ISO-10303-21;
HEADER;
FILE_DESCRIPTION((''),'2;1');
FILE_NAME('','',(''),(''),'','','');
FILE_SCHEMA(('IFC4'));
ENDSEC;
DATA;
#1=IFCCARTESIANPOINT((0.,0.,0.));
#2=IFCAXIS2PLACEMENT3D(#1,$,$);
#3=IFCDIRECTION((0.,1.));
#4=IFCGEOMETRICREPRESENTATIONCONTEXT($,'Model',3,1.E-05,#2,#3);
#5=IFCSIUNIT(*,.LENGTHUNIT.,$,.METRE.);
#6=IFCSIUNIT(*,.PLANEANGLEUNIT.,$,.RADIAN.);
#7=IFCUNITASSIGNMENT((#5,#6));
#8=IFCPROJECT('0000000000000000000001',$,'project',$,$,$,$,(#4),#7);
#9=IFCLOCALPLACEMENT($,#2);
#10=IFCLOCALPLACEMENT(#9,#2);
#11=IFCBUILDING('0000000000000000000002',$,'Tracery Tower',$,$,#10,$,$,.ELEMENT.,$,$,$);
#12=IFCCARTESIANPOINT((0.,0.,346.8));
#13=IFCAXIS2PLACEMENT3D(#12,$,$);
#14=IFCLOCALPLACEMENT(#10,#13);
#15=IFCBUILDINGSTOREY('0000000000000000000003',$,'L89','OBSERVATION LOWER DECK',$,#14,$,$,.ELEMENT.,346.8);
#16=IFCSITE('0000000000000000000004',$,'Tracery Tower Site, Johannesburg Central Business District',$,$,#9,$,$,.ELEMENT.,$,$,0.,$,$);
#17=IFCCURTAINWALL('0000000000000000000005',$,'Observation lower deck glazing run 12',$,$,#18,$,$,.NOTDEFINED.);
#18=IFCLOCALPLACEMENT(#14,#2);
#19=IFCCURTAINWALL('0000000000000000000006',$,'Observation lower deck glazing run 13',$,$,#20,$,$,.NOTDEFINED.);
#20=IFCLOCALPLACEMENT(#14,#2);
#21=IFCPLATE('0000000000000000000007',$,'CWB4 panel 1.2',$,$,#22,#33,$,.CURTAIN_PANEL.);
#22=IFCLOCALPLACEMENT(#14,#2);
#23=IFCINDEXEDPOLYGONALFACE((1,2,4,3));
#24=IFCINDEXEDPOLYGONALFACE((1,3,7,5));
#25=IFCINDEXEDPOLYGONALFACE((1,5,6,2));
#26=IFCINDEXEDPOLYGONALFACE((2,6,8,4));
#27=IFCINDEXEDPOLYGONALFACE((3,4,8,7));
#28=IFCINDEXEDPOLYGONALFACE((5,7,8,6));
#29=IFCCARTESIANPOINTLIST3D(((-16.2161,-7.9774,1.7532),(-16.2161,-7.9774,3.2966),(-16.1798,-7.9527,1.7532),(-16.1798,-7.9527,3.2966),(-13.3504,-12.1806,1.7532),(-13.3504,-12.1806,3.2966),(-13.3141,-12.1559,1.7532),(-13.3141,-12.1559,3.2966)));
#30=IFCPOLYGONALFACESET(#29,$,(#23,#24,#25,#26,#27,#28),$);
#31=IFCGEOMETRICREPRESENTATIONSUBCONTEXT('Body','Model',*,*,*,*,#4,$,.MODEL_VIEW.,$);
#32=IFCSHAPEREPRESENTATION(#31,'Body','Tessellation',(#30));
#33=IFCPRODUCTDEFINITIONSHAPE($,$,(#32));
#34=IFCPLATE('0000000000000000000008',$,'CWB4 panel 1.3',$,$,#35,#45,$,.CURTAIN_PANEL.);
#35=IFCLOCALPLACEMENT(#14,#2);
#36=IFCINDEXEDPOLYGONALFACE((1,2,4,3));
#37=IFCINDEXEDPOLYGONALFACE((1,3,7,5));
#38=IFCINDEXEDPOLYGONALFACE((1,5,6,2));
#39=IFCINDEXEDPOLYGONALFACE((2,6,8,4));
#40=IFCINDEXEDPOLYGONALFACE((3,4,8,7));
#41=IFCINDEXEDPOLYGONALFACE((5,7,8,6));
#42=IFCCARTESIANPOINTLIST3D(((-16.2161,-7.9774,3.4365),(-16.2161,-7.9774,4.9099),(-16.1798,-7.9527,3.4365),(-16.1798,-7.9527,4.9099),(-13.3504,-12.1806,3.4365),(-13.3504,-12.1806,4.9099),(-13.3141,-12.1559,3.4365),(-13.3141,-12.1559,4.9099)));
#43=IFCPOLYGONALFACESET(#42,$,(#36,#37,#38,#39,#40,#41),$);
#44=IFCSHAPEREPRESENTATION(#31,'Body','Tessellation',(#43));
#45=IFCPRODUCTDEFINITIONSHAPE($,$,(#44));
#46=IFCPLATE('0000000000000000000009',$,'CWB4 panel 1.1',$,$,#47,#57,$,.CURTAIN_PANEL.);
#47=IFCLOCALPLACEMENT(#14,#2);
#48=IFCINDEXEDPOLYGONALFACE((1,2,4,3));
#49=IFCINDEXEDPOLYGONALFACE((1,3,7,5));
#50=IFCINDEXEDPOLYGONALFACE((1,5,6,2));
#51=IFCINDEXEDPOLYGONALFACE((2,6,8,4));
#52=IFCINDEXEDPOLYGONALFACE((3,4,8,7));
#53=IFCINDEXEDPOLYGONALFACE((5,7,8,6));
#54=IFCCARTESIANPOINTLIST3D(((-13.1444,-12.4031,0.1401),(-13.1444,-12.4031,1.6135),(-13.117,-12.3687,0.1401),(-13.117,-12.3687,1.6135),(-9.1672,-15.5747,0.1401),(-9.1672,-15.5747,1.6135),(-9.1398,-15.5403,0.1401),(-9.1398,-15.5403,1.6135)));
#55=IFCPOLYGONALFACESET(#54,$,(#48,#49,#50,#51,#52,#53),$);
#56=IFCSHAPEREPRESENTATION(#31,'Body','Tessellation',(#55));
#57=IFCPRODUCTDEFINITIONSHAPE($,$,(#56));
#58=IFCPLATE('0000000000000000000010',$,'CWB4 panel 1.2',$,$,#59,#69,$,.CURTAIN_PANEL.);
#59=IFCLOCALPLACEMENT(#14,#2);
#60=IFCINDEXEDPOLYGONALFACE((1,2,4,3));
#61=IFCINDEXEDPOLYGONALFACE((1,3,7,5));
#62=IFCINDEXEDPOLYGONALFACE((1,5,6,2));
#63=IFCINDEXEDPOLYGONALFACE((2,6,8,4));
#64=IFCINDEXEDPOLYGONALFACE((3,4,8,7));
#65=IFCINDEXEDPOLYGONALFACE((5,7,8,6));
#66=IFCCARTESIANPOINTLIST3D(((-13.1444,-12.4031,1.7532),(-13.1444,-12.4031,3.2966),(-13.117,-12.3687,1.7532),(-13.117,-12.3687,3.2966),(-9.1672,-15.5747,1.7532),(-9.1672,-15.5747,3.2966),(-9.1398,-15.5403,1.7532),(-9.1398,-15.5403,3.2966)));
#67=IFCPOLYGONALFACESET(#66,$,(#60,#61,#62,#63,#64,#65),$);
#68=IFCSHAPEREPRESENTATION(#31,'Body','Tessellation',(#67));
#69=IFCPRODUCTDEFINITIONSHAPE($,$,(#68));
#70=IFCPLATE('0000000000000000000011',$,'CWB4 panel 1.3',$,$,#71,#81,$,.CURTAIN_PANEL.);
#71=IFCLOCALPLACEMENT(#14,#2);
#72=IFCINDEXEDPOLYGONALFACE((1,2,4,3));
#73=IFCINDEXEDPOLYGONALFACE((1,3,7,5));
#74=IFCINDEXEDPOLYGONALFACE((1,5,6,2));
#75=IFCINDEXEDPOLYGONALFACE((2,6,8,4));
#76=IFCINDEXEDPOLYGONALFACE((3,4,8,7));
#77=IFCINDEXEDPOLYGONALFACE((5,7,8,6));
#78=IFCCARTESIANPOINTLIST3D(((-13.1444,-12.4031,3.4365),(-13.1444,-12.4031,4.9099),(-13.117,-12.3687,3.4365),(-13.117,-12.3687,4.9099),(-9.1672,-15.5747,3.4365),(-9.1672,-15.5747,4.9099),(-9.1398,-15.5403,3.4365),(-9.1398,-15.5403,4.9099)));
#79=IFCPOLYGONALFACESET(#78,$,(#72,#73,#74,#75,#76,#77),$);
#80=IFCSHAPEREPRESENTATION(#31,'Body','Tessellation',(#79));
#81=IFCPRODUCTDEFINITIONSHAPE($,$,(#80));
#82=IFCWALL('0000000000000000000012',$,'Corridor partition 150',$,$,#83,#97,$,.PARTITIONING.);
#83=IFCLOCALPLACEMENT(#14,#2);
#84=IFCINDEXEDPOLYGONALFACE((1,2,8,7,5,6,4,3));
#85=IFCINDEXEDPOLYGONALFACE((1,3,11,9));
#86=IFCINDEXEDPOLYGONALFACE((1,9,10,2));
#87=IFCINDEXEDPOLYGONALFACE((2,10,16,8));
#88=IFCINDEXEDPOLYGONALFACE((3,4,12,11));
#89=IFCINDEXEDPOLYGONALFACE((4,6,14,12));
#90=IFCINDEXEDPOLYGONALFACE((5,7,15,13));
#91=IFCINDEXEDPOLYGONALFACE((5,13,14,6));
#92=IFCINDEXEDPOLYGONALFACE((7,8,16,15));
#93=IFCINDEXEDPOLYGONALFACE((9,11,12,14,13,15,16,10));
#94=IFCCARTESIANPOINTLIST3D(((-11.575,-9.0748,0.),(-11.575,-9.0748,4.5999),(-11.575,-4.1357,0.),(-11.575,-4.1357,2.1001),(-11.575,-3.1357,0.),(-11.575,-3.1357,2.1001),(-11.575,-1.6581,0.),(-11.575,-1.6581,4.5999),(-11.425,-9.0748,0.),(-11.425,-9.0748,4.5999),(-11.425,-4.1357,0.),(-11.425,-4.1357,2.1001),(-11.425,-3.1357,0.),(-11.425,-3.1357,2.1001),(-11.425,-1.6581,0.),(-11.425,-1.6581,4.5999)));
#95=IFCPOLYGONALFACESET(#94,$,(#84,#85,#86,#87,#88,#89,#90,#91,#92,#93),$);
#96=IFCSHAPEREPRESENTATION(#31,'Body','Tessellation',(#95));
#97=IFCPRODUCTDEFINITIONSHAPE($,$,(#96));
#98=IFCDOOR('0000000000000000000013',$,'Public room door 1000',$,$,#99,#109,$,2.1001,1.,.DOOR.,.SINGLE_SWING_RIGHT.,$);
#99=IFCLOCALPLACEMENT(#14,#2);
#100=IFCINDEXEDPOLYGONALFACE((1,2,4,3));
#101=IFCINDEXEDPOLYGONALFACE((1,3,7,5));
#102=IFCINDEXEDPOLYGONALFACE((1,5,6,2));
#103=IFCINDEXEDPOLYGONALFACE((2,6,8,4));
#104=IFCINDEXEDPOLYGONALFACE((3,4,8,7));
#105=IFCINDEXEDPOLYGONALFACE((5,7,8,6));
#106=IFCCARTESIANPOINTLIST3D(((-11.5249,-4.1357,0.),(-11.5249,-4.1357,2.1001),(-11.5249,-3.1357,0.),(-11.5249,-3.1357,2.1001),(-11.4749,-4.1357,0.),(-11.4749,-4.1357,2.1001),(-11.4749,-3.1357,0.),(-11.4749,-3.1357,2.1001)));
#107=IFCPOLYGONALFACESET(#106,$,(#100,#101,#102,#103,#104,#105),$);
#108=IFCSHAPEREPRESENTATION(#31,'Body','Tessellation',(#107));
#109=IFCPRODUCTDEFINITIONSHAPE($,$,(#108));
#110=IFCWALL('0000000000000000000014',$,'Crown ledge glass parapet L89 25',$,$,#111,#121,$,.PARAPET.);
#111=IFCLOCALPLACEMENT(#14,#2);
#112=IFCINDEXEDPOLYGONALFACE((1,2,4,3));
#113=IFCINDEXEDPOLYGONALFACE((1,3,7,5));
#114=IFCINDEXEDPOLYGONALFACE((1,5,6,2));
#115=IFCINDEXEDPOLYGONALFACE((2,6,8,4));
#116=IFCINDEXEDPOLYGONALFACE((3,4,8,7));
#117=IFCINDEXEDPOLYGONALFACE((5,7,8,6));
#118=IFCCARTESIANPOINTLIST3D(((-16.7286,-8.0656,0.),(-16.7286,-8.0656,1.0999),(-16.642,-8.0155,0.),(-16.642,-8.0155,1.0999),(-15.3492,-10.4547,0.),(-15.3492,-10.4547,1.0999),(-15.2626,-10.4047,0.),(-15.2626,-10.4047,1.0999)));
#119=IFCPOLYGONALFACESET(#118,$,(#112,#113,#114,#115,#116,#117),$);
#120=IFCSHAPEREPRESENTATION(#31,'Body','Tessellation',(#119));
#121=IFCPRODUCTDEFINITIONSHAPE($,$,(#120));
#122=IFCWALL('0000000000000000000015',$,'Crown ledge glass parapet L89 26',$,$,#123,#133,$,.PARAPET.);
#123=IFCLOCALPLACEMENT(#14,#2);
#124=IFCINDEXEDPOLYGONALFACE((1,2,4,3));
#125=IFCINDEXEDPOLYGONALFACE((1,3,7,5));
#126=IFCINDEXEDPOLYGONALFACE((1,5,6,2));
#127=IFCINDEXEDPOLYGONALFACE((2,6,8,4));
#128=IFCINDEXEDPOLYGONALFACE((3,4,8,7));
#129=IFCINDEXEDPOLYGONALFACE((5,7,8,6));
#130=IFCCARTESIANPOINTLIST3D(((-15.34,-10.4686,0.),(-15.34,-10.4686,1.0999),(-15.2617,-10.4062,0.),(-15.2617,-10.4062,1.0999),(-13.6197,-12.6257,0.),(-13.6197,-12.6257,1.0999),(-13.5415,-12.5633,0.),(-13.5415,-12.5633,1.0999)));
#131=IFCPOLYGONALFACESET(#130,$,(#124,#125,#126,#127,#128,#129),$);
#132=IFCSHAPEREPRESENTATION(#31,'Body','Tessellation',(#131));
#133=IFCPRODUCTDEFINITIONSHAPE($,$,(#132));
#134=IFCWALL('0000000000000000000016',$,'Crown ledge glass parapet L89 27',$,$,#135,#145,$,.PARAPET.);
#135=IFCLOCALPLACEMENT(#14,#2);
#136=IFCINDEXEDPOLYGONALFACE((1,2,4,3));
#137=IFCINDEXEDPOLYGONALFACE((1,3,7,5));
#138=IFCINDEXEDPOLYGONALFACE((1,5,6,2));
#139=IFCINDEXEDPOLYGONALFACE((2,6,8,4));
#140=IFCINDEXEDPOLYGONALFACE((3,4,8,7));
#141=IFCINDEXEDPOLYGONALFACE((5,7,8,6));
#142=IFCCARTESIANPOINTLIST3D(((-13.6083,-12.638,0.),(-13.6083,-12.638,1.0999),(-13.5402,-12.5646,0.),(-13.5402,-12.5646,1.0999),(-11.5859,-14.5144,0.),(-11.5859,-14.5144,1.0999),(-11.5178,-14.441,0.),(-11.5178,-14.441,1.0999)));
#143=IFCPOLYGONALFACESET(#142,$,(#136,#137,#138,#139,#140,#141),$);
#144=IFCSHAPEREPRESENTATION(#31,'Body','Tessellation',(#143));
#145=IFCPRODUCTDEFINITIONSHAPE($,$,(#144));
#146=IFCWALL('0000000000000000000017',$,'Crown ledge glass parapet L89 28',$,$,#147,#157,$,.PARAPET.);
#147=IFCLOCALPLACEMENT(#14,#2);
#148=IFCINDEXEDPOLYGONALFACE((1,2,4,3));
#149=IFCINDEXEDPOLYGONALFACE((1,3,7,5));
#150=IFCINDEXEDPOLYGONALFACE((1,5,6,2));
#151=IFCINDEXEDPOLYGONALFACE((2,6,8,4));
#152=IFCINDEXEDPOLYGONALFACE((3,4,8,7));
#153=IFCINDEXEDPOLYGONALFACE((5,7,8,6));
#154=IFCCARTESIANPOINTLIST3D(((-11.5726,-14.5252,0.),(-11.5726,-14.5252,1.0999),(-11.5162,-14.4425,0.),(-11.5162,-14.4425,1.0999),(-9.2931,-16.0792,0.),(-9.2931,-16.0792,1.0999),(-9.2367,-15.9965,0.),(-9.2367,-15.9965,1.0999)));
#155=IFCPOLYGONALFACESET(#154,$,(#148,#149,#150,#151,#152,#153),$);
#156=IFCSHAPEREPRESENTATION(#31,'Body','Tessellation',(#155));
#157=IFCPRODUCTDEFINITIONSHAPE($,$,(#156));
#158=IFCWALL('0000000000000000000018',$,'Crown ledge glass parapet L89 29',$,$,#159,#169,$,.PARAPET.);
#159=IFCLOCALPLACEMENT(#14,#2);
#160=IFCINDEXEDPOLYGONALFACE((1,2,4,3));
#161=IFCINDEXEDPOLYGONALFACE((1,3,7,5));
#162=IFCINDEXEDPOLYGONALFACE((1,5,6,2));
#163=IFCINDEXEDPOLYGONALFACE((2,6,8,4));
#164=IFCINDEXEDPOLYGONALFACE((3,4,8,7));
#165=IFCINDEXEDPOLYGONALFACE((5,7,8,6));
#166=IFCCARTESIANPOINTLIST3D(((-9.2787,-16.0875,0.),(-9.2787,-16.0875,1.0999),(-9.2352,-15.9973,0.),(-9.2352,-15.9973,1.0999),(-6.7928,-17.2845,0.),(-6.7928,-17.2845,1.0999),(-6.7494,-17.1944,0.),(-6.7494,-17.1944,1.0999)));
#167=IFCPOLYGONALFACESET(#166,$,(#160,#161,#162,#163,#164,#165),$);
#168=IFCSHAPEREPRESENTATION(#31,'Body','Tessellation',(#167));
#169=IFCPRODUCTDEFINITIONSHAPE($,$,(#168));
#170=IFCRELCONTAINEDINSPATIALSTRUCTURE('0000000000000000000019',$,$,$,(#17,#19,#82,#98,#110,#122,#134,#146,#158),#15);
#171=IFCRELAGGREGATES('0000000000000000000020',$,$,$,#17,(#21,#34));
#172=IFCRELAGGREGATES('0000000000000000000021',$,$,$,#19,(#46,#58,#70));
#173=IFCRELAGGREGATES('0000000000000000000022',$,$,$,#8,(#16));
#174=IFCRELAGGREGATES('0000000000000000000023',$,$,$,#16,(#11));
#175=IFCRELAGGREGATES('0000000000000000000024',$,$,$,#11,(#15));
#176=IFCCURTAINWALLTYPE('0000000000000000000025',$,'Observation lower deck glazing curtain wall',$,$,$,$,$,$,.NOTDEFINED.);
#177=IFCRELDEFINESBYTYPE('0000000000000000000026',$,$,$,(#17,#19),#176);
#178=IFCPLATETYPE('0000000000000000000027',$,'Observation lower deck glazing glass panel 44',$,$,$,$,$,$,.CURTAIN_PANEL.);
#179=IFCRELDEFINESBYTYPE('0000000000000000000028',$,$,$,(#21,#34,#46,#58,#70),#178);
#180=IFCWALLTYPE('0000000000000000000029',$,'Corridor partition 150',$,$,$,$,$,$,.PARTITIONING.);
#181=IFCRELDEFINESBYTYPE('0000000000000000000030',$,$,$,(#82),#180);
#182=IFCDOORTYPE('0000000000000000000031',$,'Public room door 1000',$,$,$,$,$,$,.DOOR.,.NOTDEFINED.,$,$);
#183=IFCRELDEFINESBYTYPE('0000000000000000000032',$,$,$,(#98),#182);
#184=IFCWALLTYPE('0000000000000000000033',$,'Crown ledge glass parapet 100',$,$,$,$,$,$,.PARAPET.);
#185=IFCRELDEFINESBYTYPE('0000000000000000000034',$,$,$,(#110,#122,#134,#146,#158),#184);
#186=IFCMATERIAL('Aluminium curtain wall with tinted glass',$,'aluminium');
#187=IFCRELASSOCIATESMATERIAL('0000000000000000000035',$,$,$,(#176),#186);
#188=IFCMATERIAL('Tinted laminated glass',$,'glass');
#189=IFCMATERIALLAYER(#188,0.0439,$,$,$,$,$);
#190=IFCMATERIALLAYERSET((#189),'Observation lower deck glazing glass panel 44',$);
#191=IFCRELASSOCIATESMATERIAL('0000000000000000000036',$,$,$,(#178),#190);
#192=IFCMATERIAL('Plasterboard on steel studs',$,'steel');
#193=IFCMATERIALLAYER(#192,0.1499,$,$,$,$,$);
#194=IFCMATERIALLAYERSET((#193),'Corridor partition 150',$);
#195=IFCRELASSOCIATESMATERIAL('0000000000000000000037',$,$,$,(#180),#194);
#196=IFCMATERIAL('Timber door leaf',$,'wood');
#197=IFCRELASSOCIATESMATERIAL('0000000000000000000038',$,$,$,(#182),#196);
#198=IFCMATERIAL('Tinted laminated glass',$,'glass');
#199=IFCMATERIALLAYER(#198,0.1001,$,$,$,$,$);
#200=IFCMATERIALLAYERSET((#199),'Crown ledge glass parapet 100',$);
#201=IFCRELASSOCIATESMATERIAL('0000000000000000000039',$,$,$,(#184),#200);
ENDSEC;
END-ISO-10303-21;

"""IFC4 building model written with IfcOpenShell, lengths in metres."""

from ifc_helpers import new_model, si_unit, direction, frame, frame_2d, origin, origin_2d, place, context, subcontext, project, spatial, rectangle, extrude, material, layer, layer_set, type_object, element, fill, aggregate, save


model = new_model("IFC4")

# Units and contexts
model_context = context("Model", 3, precision=1e-05, world=origin(), true_north=direction((0.0, 1.0)))
body_context = subcontext(model_context, "Body", "Model", "MODEL_VIEW")
ifc_project = project(units=[si_unit("LENGTHUNIT", "METRE"), si_unit("PLANEANGLEUNIT", "RADIAN")], contexts=[model_context])

# Site, building, storey
site_placement = place(None, origin())
site = spatial("IfcSite", under=ifc_project, at=site_placement, Name="Tracery Tower Site, Johannesburg Central Business District", CompositionType="ELEMENT", RefElevation=0.0)
building_placement = place(site_placement, origin())
building = spatial("IfcBuilding", under=site, at=building_placement, Name="Tracery Tower", CompositionType="ELEMENT")
storey_placement = place(building_placement, frame((0.0, 0.0, 346.8)))
storey = spatial("IfcBuildingStorey", under=building, at=storey_placement, Name="L89", Description="OBSERVATION LOWER DECK", CompositionType="ELEMENT", Elevation=346.8)

# Curtain wall
ifc_material_1 = material(Name="Aluminium curtain wall with tinted glass", Category="aluminium")
curtain_wall_type = type_object("IfcCurtainWallType", Name="Observation lower deck glazing curtain wall", PredefinedType="NOTDEFINED", material=ifc_material_1)
curtain_wall_1_placement = place(storey_placement, origin())
curtain_wall_1 = element("IfcCurtainWall", 1, at=curtain_wall_1_placement, inside=storey, type_object=curtain_wall_type, Name="Observation lower deck glazing run 12", PredefinedType="NOTDEFINED")

# Curtain wall
curtain_wall_2_placement = place(storey_placement, origin())
curtain_wall_2 = element("IfcCurtainWall", 2, at=curtain_wall_2_placement, inside=storey, type_object=curtain_wall_type, Name="Observation lower deck glazing run 13", PredefinedType="NOTDEFINED")

# Plates
ifc_material_2 = material(Name="Tinted laminated glass", Category="glass")
ifc_layer_1 = layer(ifc_material_2, 0.0439)
ifc_layer_set_1 = layer_set([ifc_layer_1], Name="Observation lower deck glazing glass panel 44")
plate_type = type_object("IfcPlateType", Name="Observation lower deck glazing glass panel 44", PredefinedType="CURTAIN_PANEL", material=ifc_layer_set_1)
plate_1_placement = place(storey_placement, frame((-14.7651, -10.0667, 1.7532), z_axis=(0.0, 0.0, 1.0), x_axis=(0.563323, -0.826237, 0.0)))
plate_1 = element("IfcPlate", 3, at=plate_1_placement, type_object=plate_type, Name="CWB4 panel 1.2", PredefinedType="CURTAIN_PANEL", context=body_context, shape_type="SweptSolid", body=[
    extrude(rectangle(XDim=5.0872, YDim=0.0439, at=origin_2d()), origin(), (0.0, 0.0, 1.0), 1.5435),
])
plate_2_placement = place(storey_placement, frame((-14.7651, -10.0667, 3.4365), z_axis=(0.0, 0.0, 1.0), x_axis=(0.563323, -0.826237, 0.0)))
plate_2 = element("IfcPlate", 4, at=plate_2_placement, type_object=plate_type, Name="CWB4 panel 1.3", PredefinedType="CURTAIN_PANEL", context=body_context, shape_type="SweptSolid", body=[
    extrude(rectangle(XDim=5.0872, YDim=0.0439, at=origin_2d()), origin(), (0.0, 0.0, 1.0), 1.4734),
])
aggregate(curtain_wall_1, [plate_1, plate_2])
plate_3_placement = place(storey_placement, frame((-11.1421, -13.9717, 0.1401), z_axis=(0.0, 0.0, 1.0), x_axis=(0.781839, -0.623481, 0.0)))
plate_3 = element("IfcPlate", 5, at=plate_3_placement, type_object=plate_type, Name="CWB4 panel 1.1", PredefinedType="CURTAIN_PANEL", context=body_context, shape_type="SweptSolid", body=[
    extrude(rectangle(XDim=5.0869, YDim=0.0439, at=origin_2d()), origin(), (0.0, 0.0, 1.0), 1.4734),
])
plate_4_placement = place(storey_placement, frame((-11.1421, -13.9717, 1.7532), z_axis=(0.0, 0.0, 1.0), x_axis=(0.781839, -0.623481, 0.0)))
plate_4 = element("IfcPlate", 6, at=plate_4_placement, type_object=plate_type, Name="CWB4 panel 1.2", PredefinedType="CURTAIN_PANEL", context=body_context, shape_type="SweptSolid", body=[
    extrude(rectangle(XDim=5.0869, YDim=0.0439, at=origin_2d()), origin(), (0.0, 0.0, 1.0), 1.5435),
])
plate_5_placement = place(storey_placement, frame((-11.1421, -13.9717, 3.4365), z_axis=(0.0, 0.0, 1.0), x_axis=(0.781839, -0.623481, 0.0)))
plate_5 = element("IfcPlate", 7, at=plate_5_placement, type_object=plate_type, Name="CWB4 panel 1.3", PredefinedType="CURTAIN_PANEL", context=body_context, shape_type="SweptSolid", body=[
    extrude(rectangle(XDim=5.0869, YDim=0.0439, at=origin_2d()), origin(), (0.0, 0.0, 1.0), 1.4734),
])
aggregate(curtain_wall_2, [plate_3, plate_4, plate_5])

# Wall, opening, door
ifc_material_3 = material(Name="Plasterboard on steel studs", Category="steel")
ifc_layer_2 = layer(ifc_material_3, 0.1499)
ifc_layer_set_2 = layer_set([ifc_layer_2], Name="Corridor partition 150")
wall_type_1 = type_object("IfcWallType", Name="Corridor partition 150", PredefinedType="PARTITIONING", material=ifc_layer_set_2)
wall_1_placement = place(storey_placement, frame((-11.5, -9.075, 0.0), z_axis=(0.0, 0.0, 1.0), x_axis=(0.0, 1.0, 0.0)))
wall_1 = element("IfcWall", 8, at=wall_1_placement, inside=storey, type_object=wall_type_1, Name="Corridor partition 150", PredefinedType="PARTITIONING", context=body_context, shape_type="SweptSolid", body=[
    extrude(rectangle(XDim=7.4167, YDim=0.1499, at=frame_2d((3.7085, 0.0))), origin(), (0.0, 0.0, 1.0), 4.5999),
])
opening_placement = place(wall_1_placement, frame((4.9392, 0.0, 0.0)))
opening = element("IfcOpeningElement", 9, at=opening_placement, cuts=wall_1, PredefinedType="OPENING", context=body_context, shape_type="SweptSolid", body=[
    extrude(rectangle(XDim=1.0, YDim=2.1001, at=frame_2d((0.5, 1.05))), frame((0.0, 0.075, 0.0), z_axis=(0.0, -1.0, 0.0), x_axis=(1.0, 0.0, 0.0)), (0.0, 0.0, 1.0), 0.1499),
])
ifc_material_4 = material(Name="Timber door leaf", Category="wood")
door_type = type_object("IfcDoorType", Name="Public room door 1000", OperationType="NOTDEFINED", PredefinedType="DOOR", material=ifc_material_4)
door_placement = place(opening_placement, origin())
door = element("IfcDoor", 10, at=door_placement, inside=storey, type_object=door_type, Name="Public room door 1000", OperationType="SINGLE_SWING_RIGHT", OverallHeight=2.1001, OverallWidth=1.0, PredefinedType="DOOR", context=body_context, shape_type="SweptSolid", body=[
    extrude(rectangle(XDim=1.0, YDim=2.1001, at=frame_2d((0.5, 1.05))), frame((0.0, 0.0249, 0.0), z_axis=(0.0, -1.0, 0.0), x_axis=(1.0, 0.0, 0.0)), (0.0, 0.0, 1.0), 0.05),
])
fill(opening, door)

# Walls
ifc_material_5 = material(Name="Tinted laminated glass", Category="glass")
ifc_layer_3 = layer(ifc_material_5, 0.1001)
ifc_layer_set_3 = layer_set([ifc_layer_3], Name="Crown ledge glass parapet 100")
wall_type_2 = type_object("IfcWallType", Name="Crown ledge glass parapet 100", PredefinedType="PARAPET", material=ifc_layer_set_3)
wall_2_placement = place(storey_placement, frame((-16.6853, -8.0405, 0.0), z_axis=(0.0, 0.0, 1.0), x_axis=(0.500003, -0.866023, 0.0)))
element("IfcWall", 11, at=wall_2_placement, inside=storey, type_object=wall_type_2, Name="Crown ledge glass parapet L89 25", PredefinedType="PARAPET", context=body_context, shape_type="SweptSolid", body=[
    extrude(rectangle(XDim=2.7588, YDim=0.1001, at=frame_2d((1.3794, 0.0))), origin(), (0.0, 0.0, 1.0), 1.0999),
])
wall_3_placement = place(storey_placement, frame((-15.3008, -10.4375, 0.0), z_axis=(0.0, 0.0, 1.0), x_axis=(0.623507, -0.781818, 0.0)))
element("IfcWall", 12, at=wall_3_placement, inside=storey, type_object=wall_type_2, Name="Crown ledge glass parapet L89 26", PredefinedType="PARAPET", context=body_context, shape_type="SweptSolid", body=[
    extrude(rectangle(XDim=2.759, YDim=0.1001, at=frame_2d((1.3794, 0.0))), origin(), (0.0, 0.0, 1.0), 1.0999),
])
for number, where, z_axis, x_axis, name in (
    (13, (-13.5742, -12.6013, 0.0), (0.0, 0.0, 1.0), (0.733071, -0.680152, 0.0), "Crown ledge glass parapet L89 27"),
    (14, (-11.5444, -14.4839, 0.0), (0.0, 0.0, 1.0), (0.826274, -0.563268, 0.0), "Crown ledge glass parapet L89 28"),
):
    element("IfcWall", number, at=place(storey_placement, frame(where, z_axis=z_axis, x_axis=x_axis)), inside=storey, type_object=wall_type_2, Name=name, PredefinedType="PARAPET", context=body_context, shape_type="SweptSolid", body=[
        extrude(rectangle(XDim=2.7588, YDim=0.1001, at=frame_2d((1.3794, 0.0))), origin(), (0.0, 0.0, 1.0), 1.0999),
    ])
wall_4_placement = place(storey_placement, frame((-9.2568, -16.0425, 0.0), z_axis=(0.0, 0.0, 1.0), x_axis=(0.900982, -0.433856, 0.0)))
element("IfcWall", 15, at=wall_4_placement, inside=storey, type_object=wall_type_2, Name="Crown ledge glass parapet L89 29", PredefinedType="PARAPET", context=body_context, shape_type="SweptSolid", body=[
    extrude(rectangle(XDim=2.759, YDim=0.1001, at=frame_2d((1.3794, 0.0))), origin(), (0.0, 0.0, 1.0), 1.0999),
])

save(model, "model.ifc")
